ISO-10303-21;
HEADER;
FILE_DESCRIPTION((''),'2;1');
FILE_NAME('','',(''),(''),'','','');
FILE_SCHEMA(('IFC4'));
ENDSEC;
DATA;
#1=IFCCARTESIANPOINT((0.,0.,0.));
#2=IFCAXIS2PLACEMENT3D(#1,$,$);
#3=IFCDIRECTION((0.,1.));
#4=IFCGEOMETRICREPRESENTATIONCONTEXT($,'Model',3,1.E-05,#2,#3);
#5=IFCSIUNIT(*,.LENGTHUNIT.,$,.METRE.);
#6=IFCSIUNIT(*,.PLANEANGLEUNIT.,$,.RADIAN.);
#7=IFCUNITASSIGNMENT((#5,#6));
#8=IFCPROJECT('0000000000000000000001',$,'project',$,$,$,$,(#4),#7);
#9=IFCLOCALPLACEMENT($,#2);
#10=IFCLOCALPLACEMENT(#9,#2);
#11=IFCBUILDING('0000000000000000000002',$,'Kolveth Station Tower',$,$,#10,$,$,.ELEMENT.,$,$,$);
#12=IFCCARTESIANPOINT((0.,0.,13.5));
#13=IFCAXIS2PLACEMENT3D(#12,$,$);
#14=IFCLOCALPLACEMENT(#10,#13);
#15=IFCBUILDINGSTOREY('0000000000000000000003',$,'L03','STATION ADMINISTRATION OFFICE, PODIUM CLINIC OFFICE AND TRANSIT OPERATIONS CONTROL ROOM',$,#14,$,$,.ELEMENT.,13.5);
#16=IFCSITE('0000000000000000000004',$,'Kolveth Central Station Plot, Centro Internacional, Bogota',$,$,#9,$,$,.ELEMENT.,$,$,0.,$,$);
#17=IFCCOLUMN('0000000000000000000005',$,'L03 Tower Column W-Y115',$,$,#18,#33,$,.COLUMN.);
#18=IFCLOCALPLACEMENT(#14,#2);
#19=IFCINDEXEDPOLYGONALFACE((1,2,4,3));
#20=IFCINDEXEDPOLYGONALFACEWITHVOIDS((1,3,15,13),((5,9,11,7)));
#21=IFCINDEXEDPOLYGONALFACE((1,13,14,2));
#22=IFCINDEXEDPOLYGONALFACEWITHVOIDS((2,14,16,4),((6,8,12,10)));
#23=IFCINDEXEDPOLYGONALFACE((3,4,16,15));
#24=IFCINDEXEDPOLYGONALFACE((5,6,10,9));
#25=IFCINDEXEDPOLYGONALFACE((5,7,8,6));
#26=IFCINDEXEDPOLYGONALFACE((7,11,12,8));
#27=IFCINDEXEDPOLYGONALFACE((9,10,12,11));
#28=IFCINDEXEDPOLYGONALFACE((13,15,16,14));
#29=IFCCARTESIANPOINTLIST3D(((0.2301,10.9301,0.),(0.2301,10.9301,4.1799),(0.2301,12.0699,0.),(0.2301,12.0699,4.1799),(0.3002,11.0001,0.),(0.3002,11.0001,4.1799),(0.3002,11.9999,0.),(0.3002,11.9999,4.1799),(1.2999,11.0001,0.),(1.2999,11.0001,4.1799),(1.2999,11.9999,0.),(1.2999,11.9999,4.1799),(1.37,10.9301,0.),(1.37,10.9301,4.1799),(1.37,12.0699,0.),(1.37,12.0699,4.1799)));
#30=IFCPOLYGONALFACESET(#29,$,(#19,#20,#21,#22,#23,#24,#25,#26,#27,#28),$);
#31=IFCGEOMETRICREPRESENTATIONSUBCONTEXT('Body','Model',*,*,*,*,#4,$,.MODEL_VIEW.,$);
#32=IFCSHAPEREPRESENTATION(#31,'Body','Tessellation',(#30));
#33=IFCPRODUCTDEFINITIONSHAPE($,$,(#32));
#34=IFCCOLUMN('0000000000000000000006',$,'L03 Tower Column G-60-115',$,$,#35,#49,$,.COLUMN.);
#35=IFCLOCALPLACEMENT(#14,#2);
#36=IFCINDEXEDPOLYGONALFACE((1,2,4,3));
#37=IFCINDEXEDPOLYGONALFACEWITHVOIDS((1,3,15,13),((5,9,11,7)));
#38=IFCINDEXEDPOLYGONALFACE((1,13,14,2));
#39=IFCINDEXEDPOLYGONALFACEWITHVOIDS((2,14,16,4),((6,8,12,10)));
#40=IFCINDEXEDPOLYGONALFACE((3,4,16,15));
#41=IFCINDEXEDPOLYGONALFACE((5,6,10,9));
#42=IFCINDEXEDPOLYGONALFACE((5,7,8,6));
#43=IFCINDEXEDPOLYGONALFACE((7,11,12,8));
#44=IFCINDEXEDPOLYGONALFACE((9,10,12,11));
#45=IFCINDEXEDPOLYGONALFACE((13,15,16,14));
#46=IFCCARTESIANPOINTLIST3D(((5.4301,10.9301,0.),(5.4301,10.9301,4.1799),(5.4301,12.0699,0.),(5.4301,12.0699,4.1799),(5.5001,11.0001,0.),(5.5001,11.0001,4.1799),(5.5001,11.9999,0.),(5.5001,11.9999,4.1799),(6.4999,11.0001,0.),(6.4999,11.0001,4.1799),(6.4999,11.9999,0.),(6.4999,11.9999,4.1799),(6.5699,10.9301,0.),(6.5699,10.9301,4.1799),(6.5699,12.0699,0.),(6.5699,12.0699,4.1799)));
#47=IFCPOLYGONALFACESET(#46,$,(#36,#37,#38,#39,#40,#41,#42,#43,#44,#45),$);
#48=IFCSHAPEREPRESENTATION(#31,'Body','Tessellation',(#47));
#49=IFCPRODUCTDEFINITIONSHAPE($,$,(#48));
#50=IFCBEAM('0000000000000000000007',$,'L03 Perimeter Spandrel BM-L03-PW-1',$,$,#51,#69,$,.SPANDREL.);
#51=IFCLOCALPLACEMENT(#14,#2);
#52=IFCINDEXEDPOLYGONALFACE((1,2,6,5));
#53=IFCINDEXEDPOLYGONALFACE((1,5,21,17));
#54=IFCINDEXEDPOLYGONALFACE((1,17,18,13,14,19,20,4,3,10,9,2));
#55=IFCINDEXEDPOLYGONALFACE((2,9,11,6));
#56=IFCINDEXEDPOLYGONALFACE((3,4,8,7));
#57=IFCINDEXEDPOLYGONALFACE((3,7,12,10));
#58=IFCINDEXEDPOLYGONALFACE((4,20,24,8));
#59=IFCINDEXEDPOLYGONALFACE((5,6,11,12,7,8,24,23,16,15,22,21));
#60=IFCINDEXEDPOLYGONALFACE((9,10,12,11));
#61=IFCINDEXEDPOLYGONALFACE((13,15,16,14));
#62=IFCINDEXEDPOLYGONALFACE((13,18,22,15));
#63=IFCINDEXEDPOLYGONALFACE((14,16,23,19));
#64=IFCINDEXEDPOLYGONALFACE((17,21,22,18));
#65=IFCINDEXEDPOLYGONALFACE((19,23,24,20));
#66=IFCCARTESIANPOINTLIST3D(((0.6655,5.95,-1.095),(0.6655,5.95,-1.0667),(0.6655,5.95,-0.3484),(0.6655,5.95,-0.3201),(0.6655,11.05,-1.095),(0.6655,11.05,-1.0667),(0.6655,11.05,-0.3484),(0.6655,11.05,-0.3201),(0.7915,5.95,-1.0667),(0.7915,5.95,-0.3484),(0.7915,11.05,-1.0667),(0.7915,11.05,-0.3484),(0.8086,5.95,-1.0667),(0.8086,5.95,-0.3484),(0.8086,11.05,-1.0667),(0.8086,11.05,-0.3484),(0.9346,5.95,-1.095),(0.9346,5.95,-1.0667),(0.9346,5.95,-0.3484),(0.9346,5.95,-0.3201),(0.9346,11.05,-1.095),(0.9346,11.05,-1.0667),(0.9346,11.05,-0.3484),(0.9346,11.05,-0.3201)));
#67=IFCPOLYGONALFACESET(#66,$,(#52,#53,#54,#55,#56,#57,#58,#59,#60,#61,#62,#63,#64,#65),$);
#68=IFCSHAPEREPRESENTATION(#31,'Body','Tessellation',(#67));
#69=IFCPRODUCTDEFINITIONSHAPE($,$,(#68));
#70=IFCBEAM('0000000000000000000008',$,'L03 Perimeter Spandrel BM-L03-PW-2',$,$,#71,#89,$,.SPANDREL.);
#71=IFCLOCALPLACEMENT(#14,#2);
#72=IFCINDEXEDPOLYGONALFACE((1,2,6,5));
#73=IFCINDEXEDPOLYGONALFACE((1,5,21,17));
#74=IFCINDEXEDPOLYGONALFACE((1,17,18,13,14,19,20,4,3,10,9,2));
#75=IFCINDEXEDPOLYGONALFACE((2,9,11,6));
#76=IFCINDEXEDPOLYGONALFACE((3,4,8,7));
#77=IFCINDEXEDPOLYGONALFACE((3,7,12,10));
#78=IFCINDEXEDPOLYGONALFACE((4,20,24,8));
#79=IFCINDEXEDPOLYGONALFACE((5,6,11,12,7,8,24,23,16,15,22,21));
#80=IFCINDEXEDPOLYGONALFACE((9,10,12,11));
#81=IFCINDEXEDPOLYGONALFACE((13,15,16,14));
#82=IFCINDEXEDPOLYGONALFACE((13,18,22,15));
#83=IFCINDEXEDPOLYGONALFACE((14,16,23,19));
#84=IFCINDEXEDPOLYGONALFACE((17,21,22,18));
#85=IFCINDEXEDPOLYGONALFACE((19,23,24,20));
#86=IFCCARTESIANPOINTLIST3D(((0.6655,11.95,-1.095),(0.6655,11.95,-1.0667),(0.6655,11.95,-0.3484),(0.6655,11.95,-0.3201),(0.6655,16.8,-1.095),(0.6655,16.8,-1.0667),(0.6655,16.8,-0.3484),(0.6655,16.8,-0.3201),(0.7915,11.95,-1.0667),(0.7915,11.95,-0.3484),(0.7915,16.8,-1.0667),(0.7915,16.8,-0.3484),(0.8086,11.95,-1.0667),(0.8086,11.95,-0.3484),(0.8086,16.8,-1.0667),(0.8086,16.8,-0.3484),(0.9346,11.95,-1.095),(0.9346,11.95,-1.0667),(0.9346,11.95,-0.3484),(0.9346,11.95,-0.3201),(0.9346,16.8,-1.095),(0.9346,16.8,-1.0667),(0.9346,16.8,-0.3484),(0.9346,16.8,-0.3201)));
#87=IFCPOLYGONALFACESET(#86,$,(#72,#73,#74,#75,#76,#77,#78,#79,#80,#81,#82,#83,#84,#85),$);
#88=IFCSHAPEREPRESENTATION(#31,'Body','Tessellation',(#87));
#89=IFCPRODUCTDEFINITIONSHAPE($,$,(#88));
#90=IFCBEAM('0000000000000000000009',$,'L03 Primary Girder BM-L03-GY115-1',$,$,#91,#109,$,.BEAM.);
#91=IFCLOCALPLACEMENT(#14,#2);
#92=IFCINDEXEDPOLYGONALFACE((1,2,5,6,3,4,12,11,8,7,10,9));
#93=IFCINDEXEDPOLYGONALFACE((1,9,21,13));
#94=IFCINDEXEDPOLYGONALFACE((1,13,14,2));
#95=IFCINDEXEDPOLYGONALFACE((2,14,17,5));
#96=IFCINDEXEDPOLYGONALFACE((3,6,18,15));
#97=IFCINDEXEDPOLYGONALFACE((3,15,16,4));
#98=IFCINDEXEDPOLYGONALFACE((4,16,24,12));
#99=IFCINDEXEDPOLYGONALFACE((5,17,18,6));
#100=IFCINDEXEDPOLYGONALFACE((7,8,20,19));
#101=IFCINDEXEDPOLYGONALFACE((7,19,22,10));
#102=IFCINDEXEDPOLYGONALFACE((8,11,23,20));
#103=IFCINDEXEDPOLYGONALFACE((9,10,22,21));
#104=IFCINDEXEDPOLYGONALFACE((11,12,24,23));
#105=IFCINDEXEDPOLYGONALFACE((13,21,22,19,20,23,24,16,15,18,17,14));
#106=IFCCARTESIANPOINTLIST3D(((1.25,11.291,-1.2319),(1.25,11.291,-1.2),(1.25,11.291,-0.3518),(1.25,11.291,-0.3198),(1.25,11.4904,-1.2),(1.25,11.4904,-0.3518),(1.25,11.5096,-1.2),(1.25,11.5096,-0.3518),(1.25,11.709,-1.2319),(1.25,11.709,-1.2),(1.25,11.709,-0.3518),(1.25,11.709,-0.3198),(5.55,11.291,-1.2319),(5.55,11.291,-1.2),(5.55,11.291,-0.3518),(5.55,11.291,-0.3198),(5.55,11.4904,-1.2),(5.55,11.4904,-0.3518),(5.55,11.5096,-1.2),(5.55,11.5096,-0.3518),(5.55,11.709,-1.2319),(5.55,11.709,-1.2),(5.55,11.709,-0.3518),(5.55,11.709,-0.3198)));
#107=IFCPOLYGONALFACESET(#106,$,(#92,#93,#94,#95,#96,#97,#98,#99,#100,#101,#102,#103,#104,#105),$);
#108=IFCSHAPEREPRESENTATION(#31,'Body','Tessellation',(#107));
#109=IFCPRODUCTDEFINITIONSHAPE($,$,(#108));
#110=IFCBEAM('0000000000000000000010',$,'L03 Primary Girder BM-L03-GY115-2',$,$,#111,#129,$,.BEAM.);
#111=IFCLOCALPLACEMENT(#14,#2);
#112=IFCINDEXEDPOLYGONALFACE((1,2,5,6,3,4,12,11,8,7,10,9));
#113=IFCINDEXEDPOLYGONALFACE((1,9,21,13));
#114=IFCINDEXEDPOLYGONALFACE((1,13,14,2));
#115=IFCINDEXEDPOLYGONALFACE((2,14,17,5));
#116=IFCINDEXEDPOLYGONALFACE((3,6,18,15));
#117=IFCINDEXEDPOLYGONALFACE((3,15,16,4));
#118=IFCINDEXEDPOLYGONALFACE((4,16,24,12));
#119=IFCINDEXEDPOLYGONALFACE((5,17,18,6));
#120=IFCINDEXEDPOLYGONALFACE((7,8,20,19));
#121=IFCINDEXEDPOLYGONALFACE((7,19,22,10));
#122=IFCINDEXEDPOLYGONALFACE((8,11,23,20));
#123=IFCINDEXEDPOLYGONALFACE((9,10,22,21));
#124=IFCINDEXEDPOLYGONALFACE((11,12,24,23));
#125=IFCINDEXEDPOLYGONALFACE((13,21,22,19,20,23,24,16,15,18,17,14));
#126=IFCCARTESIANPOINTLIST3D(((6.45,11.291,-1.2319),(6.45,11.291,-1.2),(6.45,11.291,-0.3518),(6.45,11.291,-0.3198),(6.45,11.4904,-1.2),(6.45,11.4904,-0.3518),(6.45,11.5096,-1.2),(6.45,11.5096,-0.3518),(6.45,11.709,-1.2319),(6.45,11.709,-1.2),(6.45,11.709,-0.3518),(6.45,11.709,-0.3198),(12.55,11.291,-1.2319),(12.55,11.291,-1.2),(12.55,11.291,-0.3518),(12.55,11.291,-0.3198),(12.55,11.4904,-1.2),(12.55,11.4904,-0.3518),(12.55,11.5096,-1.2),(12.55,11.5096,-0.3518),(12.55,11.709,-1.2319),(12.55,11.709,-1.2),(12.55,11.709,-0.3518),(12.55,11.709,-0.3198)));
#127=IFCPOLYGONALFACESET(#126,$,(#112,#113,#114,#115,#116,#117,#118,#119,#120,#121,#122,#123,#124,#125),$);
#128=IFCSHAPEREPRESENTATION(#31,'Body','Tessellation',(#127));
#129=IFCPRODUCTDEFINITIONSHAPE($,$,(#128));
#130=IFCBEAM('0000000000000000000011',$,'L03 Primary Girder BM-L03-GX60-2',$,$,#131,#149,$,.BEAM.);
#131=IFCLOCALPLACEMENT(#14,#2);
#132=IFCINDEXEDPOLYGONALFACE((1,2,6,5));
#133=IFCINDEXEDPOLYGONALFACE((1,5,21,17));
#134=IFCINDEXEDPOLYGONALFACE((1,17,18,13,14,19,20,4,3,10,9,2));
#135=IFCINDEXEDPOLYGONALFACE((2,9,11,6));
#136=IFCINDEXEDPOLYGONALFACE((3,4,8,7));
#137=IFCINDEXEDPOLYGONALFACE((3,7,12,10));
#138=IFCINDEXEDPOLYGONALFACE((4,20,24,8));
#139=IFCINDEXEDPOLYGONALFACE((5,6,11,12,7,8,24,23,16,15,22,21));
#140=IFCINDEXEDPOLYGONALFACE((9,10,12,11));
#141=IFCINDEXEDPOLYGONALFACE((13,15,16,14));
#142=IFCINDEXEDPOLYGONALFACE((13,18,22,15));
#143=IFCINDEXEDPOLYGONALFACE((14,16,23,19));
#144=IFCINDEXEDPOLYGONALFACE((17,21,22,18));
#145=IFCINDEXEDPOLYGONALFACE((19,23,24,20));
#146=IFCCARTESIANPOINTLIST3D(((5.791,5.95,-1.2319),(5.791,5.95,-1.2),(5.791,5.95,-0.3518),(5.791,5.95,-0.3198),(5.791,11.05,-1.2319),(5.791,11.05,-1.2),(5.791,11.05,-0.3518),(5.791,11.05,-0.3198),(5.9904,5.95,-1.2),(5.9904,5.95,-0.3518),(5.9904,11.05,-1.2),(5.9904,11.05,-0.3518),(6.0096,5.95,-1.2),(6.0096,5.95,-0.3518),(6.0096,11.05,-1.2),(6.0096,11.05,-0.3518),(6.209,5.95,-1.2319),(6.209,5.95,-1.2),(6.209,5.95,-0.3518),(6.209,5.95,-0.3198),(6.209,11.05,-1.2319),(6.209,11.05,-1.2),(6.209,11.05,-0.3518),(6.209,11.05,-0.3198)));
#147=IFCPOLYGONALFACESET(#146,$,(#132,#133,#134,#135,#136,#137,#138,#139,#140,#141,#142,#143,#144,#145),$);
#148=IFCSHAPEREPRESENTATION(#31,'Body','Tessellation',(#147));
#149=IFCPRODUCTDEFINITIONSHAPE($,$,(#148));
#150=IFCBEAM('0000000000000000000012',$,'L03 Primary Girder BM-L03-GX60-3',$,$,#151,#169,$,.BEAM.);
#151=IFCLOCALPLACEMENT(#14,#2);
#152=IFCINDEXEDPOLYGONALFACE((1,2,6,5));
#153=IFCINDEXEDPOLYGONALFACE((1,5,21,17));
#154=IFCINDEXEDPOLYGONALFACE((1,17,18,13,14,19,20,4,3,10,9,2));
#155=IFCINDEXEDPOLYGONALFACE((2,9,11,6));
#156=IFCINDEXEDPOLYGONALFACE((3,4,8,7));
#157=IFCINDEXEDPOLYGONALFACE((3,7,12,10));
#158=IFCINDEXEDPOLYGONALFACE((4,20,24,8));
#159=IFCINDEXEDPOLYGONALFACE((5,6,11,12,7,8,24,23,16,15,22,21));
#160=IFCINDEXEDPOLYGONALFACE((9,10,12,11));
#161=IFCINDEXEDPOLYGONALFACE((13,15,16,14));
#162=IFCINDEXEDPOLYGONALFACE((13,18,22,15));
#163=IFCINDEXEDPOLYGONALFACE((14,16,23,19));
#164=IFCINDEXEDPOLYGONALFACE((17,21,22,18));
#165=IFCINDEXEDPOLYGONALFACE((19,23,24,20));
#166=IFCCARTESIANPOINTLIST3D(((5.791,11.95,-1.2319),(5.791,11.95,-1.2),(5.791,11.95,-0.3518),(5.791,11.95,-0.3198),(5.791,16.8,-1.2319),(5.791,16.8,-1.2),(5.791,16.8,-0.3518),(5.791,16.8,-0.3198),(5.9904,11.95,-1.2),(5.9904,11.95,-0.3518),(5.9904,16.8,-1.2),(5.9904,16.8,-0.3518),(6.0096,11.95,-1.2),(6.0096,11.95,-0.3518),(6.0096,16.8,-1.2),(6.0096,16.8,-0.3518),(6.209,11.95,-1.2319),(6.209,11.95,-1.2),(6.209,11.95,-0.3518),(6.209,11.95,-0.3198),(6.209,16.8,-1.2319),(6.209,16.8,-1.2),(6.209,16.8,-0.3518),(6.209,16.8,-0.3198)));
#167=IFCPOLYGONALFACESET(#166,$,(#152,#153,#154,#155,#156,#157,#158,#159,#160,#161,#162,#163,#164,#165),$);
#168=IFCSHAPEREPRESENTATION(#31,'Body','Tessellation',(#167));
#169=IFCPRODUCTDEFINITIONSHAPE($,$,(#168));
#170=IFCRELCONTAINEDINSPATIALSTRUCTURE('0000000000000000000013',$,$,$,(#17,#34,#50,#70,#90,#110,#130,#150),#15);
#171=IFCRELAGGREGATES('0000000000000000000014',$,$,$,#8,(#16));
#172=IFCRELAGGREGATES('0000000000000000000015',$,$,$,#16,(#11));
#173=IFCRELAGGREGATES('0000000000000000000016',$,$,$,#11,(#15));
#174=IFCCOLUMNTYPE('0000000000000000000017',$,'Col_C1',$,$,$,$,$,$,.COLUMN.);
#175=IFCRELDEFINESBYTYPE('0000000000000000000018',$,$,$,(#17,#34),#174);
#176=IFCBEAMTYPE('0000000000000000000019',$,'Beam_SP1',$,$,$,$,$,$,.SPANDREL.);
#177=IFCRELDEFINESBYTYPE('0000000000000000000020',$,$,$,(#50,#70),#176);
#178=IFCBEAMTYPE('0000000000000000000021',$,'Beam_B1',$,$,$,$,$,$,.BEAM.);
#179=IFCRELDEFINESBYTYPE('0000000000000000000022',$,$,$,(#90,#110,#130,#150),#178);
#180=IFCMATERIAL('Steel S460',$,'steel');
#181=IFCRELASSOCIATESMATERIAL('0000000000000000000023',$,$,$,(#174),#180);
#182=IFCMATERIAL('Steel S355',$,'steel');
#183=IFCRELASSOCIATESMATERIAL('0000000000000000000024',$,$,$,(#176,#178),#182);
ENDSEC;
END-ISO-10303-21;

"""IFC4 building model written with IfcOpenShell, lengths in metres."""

from ifc_helpers import new_model, si_unit, direction, frame, origin, origin_2d, place, context, subcontext, project, spatial, hollow_rectangle, i_section, extrude, source, transform, mapped, material, material_profile, profile_set, type_object, element, save


model = new_model("IFC4")

# Units and contexts
model_context = context("Model", 3, precision=1e-05, world=origin(), true_north=direction((0.0, 1.0)))
body_context = subcontext(model_context, "Body", "Model", "MODEL_VIEW")
ifc_project = project(units=[si_unit("LENGTHUNIT", "METRE"), si_unit("PLANEANGLEUNIT", "RADIAN")], contexts=[model_context])

# Site, building, storey
site_placement = place(None, origin())
site = spatial("IfcSite", under=ifc_project, at=site_placement, Name="Kolveth Central Station Plot, Centro Internacional, Bogota", CompositionType="ELEMENT", RefElevation=0.0)
building_placement = place(site_placement, origin())
building = spatial("IfcBuilding", under=site, at=building_placement, Name="Kolveth Station Tower", CompositionType="ELEMENT")
storey_placement = place(building_placement, frame((0.0, 0.0, 13.5)))
storey = spatial("IfcBuildingStorey", under=building, at=storey_placement, Name="L03", Description="STATION ADMINISTRATION OFFICE, PODIUM CLINIC OFFICE AND TRANSIT OPERATIONS CONTROL ROOM", CompositionType="ELEMENT", Elevation=13.5)

# Columns
ifc_material_1 = material(Name="Steel S460", Category="steel")
ifc_material_profile_1 = material_profile(ifc_material_1, hollow_rectangle(XDim=1.1399, YDim=1.1399, WallThickness=0.0701, at=origin_2d()), Name="BOX1140x1140x70")
ifc_profile_set_1 = profile_set([ifc_material_profile_1], Name="Steel S460")
column_type = type_object("IfcColumnType", Name="Col_C1", PredefinedType="COLUMN", material=ifc_profile_set_1)
shared_shape_1 = source(origin(), body_context, "Body", "SweptSolid", [
    extrude(hollow_rectangle(XDim=1.1399, YDim=1.1399, WallThickness=0.0701, at=origin_2d()), origin(), (0.0, 0.0, 1.0), 4.1799),
])
for number, where, z_axis, x_axis, name in (
    (1, (0.8, 11.5, 0.0), (0.0, 0.0, 1.0), (1.0, 0.0, 0.0), "L03 Tower Column W-Y115"),
    (2, (6.0, 11.5, 0.0), (0.0, 0.0, 1.0), (1.0, 0.0, 0.0), "L03 Tower Column G-60-115"),
):
    element("IfcColumn", number, at=place(storey_placement, frame(where, z_axis=z_axis, x_axis=x_axis)), inside=storey, type_object=column_type, Name=name, PredefinedType="COLUMN", context=body_context, shape_type="MappedRepresentation", body=[
        mapped(shared_shape_1, transform((0.0, 0.0, 0.0), x_axis=(1.0, 0.0, 0.0), y_axis=(0.0, 1.0, 0.0), z_axis=(0.0, 0.0, 1.0), scale=1.0)),
    ])

# Beams
ifc_material_2 = material(Name="Steel S355", Category="steel")
ifc_material_profile_2 = material_profile(ifc_material_2, i_section(OverallWidth=0.269, OverallDepth=0.7749, WebThickness=0.0171, FlangeThickness=0.0283, at=origin_2d()), Name="W760x220")
ifc_profile_set_2 = profile_set([ifc_material_profile_2], Name="Steel S355")
beam_type_1 = type_object("IfcBeamType", Name="Beam_SP1", PredefinedType="SPANDREL", material=ifc_profile_set_2)
shared_shape_2 = source(origin(), body_context, "Body", "SweptSolid", [
    extrude(i_section(OverallWidth=0.269, OverallDepth=0.7749, WebThickness=0.0171, FlangeThickness=0.0283, at=origin_2d()), origin(), (0.0, 0.0, 1.0), 5.1001),
])
beam_1_placement = place(storey_placement, frame((0.8, 5.95, -0.7075), z_axis=(0.0, 1.0, 0.0), x_axis=(-1.0, 0.0, 0.0)))
element("IfcBeam", 3, at=beam_1_placement, inside=storey, type_object=beam_type_1, Name="L03 Perimeter Spandrel BM-L03-PW-1", PredefinedType="SPANDREL", context=body_context, shape_type="MappedRepresentation", body=[
    mapped(shared_shape_2, transform((0.0, 0.0, 0.0), x_axis=(1.0, 0.0, 0.0), y_axis=(0.0, 1.0, 0.0), z_axis=(0.0, 0.0, 1.0), scale=1.0)),
])
shared_shape_3 = source(origin(), body_context, "Body", "SweptSolid", [
    extrude(i_section(OverallWidth=0.269, OverallDepth=0.7749, WebThickness=0.0171, FlangeThickness=0.0283, at=origin_2d()), origin(), (0.0, 0.0, 1.0), 4.8501),
])
beam_2_placement = place(storey_placement, frame((0.8, 11.95, -0.7075), z_axis=(0.0, 1.0, 0.0), x_axis=(-1.0, 0.0, 0.0)))
element("IfcBeam", 4, at=beam_2_placement, inside=storey, type_object=beam_type_1, Name="L03 Perimeter Spandrel BM-L03-PW-2", PredefinedType="SPANDREL", context=body_context, shape_type="MappedRepresentation", body=[
    mapped(shared_shape_3, transform((0.0, 0.0, 0.0), x_axis=(1.0, 0.0, 0.0), y_axis=(0.0, 1.0, 0.0), z_axis=(0.0, 0.0, 1.0), scale=1.0)),
])
ifc_material_profile_3 = material_profile(ifc_material_2, i_section(OverallWidth=0.418, OverallDepth=0.9121, WebThickness=0.0193, FlangeThickness=0.032, at=origin_2d()), Name="W920x342")
ifc_profile_set_3 = profile_set([ifc_material_profile_3], Name="Steel S355")
beam_type_2 = type_object("IfcBeamType", Name="Beam_B1", PredefinedType="BEAM", material=ifc_profile_set_3)
shared_shape_4 = source(origin(), body_context, "Body", "SweptSolid", [
    extrude(i_section(OverallWidth=0.418, OverallDepth=0.9121, WebThickness=0.0193, FlangeThickness=0.032, at=origin_2d()), origin(), (0.0, 0.0, 1.0), 4.3),
])
beam_3_placement = place(storey_placement, frame((1.25, 11.5, -0.7759), z_axis=(1.0, 0.0, 0.0), x_axis=(0.0, 1.0, 0.0)))
element("IfcBeam", 5, at=beam_3_placement, inside=storey, type_object=beam_type_2, Name="L03 Primary Girder BM-L03-GY115-1", PredefinedType="BEAM", context=body_context, shape_type="MappedRepresentation", body=[
    mapped(shared_shape_4, transform((0.0, 0.0, 0.0), x_axis=(1.0, 0.0, 0.0), y_axis=(0.0, 1.0, 0.0), z_axis=(0.0, 0.0, 1.0), scale=1.0)),
])
shared_shape_5 = source(origin(), body_context, "Body", "SweptSolid", [
    extrude(i_section(OverallWidth=0.418, OverallDepth=0.9121, WebThickness=0.0193, FlangeThickness=0.032, at=origin_2d()), origin(), (0.0, 0.0, 1.0), 6.1001),
])
beam_4_placement = place(storey_placement, frame((6.45, 11.5, -0.7759), z_axis=(1.0, 0.0, 0.0), x_axis=(0.0, 1.0, 0.0)))
element("IfcBeam", 6, at=beam_4_placement, inside=storey, type_object=beam_type_2, Name="L03 Primary Girder BM-L03-GY115-2", PredefinedType="BEAM", context=body_context, shape_type="MappedRepresentation", body=[
    mapped(shared_shape_5, transform((0.0, 0.0, 0.0), x_axis=(1.0, 0.0, 0.0), y_axis=(0.0, 1.0, 0.0), z_axis=(0.0, 0.0, 1.0), scale=1.0)),
])
shared_shape_6 = source(origin(), body_context, "Body", "SweptSolid", [
    extrude(i_section(OverallWidth=0.418, OverallDepth=0.9121, WebThickness=0.0193, FlangeThickness=0.032, at=origin_2d()), origin(), (0.0, 0.0, 1.0), 5.1001),
])
beam_5_placement = place(storey_placement, frame((6.0, 5.95, -0.7759), z_axis=(0.0, 1.0, 0.0), x_axis=(-1.0, 0.0, 0.0)))
element("IfcBeam", 7, at=beam_5_placement, inside=storey, type_object=beam_type_2, Name="L03 Primary Girder BM-L03-GX60-2", PredefinedType="BEAM", context=body_context, shape_type="MappedRepresentation", body=[
    mapped(shared_shape_6, transform((0.0, 0.0, 0.0), x_axis=(1.0, 0.0, 0.0), y_axis=(0.0, 1.0, 0.0), z_axis=(0.0, 0.0, 1.0), scale=1.0)),
])
shared_shape_7 = source(origin(), body_context, "Body", "SweptSolid", [
    extrude(i_section(OverallWidth=0.418, OverallDepth=0.9121, WebThickness=0.0193, FlangeThickness=0.032, at=origin_2d()), origin(), (0.0, 0.0, 1.0), 4.8501),
])
beam_6_placement = place(storey_placement, frame((6.0, 11.95, -0.7759), z_axis=(0.0, 1.0, 0.0), x_axis=(-1.0, 0.0, 0.0)))
element("IfcBeam", 8, at=beam_6_placement, inside=storey, type_object=beam_type_2, Name="L03 Primary Girder BM-L03-GX60-3", PredefinedType="BEAM", context=body_context, shape_type="MappedRepresentation", body=[
    mapped(shared_shape_7, transform((0.0, 0.0, 0.0), x_axis=(1.0, 0.0, 0.0), y_axis=(0.0, 1.0, 0.0), z_axis=(0.0, 0.0, 1.0), scale=1.0)),
])

save(model, "model.ifc")
